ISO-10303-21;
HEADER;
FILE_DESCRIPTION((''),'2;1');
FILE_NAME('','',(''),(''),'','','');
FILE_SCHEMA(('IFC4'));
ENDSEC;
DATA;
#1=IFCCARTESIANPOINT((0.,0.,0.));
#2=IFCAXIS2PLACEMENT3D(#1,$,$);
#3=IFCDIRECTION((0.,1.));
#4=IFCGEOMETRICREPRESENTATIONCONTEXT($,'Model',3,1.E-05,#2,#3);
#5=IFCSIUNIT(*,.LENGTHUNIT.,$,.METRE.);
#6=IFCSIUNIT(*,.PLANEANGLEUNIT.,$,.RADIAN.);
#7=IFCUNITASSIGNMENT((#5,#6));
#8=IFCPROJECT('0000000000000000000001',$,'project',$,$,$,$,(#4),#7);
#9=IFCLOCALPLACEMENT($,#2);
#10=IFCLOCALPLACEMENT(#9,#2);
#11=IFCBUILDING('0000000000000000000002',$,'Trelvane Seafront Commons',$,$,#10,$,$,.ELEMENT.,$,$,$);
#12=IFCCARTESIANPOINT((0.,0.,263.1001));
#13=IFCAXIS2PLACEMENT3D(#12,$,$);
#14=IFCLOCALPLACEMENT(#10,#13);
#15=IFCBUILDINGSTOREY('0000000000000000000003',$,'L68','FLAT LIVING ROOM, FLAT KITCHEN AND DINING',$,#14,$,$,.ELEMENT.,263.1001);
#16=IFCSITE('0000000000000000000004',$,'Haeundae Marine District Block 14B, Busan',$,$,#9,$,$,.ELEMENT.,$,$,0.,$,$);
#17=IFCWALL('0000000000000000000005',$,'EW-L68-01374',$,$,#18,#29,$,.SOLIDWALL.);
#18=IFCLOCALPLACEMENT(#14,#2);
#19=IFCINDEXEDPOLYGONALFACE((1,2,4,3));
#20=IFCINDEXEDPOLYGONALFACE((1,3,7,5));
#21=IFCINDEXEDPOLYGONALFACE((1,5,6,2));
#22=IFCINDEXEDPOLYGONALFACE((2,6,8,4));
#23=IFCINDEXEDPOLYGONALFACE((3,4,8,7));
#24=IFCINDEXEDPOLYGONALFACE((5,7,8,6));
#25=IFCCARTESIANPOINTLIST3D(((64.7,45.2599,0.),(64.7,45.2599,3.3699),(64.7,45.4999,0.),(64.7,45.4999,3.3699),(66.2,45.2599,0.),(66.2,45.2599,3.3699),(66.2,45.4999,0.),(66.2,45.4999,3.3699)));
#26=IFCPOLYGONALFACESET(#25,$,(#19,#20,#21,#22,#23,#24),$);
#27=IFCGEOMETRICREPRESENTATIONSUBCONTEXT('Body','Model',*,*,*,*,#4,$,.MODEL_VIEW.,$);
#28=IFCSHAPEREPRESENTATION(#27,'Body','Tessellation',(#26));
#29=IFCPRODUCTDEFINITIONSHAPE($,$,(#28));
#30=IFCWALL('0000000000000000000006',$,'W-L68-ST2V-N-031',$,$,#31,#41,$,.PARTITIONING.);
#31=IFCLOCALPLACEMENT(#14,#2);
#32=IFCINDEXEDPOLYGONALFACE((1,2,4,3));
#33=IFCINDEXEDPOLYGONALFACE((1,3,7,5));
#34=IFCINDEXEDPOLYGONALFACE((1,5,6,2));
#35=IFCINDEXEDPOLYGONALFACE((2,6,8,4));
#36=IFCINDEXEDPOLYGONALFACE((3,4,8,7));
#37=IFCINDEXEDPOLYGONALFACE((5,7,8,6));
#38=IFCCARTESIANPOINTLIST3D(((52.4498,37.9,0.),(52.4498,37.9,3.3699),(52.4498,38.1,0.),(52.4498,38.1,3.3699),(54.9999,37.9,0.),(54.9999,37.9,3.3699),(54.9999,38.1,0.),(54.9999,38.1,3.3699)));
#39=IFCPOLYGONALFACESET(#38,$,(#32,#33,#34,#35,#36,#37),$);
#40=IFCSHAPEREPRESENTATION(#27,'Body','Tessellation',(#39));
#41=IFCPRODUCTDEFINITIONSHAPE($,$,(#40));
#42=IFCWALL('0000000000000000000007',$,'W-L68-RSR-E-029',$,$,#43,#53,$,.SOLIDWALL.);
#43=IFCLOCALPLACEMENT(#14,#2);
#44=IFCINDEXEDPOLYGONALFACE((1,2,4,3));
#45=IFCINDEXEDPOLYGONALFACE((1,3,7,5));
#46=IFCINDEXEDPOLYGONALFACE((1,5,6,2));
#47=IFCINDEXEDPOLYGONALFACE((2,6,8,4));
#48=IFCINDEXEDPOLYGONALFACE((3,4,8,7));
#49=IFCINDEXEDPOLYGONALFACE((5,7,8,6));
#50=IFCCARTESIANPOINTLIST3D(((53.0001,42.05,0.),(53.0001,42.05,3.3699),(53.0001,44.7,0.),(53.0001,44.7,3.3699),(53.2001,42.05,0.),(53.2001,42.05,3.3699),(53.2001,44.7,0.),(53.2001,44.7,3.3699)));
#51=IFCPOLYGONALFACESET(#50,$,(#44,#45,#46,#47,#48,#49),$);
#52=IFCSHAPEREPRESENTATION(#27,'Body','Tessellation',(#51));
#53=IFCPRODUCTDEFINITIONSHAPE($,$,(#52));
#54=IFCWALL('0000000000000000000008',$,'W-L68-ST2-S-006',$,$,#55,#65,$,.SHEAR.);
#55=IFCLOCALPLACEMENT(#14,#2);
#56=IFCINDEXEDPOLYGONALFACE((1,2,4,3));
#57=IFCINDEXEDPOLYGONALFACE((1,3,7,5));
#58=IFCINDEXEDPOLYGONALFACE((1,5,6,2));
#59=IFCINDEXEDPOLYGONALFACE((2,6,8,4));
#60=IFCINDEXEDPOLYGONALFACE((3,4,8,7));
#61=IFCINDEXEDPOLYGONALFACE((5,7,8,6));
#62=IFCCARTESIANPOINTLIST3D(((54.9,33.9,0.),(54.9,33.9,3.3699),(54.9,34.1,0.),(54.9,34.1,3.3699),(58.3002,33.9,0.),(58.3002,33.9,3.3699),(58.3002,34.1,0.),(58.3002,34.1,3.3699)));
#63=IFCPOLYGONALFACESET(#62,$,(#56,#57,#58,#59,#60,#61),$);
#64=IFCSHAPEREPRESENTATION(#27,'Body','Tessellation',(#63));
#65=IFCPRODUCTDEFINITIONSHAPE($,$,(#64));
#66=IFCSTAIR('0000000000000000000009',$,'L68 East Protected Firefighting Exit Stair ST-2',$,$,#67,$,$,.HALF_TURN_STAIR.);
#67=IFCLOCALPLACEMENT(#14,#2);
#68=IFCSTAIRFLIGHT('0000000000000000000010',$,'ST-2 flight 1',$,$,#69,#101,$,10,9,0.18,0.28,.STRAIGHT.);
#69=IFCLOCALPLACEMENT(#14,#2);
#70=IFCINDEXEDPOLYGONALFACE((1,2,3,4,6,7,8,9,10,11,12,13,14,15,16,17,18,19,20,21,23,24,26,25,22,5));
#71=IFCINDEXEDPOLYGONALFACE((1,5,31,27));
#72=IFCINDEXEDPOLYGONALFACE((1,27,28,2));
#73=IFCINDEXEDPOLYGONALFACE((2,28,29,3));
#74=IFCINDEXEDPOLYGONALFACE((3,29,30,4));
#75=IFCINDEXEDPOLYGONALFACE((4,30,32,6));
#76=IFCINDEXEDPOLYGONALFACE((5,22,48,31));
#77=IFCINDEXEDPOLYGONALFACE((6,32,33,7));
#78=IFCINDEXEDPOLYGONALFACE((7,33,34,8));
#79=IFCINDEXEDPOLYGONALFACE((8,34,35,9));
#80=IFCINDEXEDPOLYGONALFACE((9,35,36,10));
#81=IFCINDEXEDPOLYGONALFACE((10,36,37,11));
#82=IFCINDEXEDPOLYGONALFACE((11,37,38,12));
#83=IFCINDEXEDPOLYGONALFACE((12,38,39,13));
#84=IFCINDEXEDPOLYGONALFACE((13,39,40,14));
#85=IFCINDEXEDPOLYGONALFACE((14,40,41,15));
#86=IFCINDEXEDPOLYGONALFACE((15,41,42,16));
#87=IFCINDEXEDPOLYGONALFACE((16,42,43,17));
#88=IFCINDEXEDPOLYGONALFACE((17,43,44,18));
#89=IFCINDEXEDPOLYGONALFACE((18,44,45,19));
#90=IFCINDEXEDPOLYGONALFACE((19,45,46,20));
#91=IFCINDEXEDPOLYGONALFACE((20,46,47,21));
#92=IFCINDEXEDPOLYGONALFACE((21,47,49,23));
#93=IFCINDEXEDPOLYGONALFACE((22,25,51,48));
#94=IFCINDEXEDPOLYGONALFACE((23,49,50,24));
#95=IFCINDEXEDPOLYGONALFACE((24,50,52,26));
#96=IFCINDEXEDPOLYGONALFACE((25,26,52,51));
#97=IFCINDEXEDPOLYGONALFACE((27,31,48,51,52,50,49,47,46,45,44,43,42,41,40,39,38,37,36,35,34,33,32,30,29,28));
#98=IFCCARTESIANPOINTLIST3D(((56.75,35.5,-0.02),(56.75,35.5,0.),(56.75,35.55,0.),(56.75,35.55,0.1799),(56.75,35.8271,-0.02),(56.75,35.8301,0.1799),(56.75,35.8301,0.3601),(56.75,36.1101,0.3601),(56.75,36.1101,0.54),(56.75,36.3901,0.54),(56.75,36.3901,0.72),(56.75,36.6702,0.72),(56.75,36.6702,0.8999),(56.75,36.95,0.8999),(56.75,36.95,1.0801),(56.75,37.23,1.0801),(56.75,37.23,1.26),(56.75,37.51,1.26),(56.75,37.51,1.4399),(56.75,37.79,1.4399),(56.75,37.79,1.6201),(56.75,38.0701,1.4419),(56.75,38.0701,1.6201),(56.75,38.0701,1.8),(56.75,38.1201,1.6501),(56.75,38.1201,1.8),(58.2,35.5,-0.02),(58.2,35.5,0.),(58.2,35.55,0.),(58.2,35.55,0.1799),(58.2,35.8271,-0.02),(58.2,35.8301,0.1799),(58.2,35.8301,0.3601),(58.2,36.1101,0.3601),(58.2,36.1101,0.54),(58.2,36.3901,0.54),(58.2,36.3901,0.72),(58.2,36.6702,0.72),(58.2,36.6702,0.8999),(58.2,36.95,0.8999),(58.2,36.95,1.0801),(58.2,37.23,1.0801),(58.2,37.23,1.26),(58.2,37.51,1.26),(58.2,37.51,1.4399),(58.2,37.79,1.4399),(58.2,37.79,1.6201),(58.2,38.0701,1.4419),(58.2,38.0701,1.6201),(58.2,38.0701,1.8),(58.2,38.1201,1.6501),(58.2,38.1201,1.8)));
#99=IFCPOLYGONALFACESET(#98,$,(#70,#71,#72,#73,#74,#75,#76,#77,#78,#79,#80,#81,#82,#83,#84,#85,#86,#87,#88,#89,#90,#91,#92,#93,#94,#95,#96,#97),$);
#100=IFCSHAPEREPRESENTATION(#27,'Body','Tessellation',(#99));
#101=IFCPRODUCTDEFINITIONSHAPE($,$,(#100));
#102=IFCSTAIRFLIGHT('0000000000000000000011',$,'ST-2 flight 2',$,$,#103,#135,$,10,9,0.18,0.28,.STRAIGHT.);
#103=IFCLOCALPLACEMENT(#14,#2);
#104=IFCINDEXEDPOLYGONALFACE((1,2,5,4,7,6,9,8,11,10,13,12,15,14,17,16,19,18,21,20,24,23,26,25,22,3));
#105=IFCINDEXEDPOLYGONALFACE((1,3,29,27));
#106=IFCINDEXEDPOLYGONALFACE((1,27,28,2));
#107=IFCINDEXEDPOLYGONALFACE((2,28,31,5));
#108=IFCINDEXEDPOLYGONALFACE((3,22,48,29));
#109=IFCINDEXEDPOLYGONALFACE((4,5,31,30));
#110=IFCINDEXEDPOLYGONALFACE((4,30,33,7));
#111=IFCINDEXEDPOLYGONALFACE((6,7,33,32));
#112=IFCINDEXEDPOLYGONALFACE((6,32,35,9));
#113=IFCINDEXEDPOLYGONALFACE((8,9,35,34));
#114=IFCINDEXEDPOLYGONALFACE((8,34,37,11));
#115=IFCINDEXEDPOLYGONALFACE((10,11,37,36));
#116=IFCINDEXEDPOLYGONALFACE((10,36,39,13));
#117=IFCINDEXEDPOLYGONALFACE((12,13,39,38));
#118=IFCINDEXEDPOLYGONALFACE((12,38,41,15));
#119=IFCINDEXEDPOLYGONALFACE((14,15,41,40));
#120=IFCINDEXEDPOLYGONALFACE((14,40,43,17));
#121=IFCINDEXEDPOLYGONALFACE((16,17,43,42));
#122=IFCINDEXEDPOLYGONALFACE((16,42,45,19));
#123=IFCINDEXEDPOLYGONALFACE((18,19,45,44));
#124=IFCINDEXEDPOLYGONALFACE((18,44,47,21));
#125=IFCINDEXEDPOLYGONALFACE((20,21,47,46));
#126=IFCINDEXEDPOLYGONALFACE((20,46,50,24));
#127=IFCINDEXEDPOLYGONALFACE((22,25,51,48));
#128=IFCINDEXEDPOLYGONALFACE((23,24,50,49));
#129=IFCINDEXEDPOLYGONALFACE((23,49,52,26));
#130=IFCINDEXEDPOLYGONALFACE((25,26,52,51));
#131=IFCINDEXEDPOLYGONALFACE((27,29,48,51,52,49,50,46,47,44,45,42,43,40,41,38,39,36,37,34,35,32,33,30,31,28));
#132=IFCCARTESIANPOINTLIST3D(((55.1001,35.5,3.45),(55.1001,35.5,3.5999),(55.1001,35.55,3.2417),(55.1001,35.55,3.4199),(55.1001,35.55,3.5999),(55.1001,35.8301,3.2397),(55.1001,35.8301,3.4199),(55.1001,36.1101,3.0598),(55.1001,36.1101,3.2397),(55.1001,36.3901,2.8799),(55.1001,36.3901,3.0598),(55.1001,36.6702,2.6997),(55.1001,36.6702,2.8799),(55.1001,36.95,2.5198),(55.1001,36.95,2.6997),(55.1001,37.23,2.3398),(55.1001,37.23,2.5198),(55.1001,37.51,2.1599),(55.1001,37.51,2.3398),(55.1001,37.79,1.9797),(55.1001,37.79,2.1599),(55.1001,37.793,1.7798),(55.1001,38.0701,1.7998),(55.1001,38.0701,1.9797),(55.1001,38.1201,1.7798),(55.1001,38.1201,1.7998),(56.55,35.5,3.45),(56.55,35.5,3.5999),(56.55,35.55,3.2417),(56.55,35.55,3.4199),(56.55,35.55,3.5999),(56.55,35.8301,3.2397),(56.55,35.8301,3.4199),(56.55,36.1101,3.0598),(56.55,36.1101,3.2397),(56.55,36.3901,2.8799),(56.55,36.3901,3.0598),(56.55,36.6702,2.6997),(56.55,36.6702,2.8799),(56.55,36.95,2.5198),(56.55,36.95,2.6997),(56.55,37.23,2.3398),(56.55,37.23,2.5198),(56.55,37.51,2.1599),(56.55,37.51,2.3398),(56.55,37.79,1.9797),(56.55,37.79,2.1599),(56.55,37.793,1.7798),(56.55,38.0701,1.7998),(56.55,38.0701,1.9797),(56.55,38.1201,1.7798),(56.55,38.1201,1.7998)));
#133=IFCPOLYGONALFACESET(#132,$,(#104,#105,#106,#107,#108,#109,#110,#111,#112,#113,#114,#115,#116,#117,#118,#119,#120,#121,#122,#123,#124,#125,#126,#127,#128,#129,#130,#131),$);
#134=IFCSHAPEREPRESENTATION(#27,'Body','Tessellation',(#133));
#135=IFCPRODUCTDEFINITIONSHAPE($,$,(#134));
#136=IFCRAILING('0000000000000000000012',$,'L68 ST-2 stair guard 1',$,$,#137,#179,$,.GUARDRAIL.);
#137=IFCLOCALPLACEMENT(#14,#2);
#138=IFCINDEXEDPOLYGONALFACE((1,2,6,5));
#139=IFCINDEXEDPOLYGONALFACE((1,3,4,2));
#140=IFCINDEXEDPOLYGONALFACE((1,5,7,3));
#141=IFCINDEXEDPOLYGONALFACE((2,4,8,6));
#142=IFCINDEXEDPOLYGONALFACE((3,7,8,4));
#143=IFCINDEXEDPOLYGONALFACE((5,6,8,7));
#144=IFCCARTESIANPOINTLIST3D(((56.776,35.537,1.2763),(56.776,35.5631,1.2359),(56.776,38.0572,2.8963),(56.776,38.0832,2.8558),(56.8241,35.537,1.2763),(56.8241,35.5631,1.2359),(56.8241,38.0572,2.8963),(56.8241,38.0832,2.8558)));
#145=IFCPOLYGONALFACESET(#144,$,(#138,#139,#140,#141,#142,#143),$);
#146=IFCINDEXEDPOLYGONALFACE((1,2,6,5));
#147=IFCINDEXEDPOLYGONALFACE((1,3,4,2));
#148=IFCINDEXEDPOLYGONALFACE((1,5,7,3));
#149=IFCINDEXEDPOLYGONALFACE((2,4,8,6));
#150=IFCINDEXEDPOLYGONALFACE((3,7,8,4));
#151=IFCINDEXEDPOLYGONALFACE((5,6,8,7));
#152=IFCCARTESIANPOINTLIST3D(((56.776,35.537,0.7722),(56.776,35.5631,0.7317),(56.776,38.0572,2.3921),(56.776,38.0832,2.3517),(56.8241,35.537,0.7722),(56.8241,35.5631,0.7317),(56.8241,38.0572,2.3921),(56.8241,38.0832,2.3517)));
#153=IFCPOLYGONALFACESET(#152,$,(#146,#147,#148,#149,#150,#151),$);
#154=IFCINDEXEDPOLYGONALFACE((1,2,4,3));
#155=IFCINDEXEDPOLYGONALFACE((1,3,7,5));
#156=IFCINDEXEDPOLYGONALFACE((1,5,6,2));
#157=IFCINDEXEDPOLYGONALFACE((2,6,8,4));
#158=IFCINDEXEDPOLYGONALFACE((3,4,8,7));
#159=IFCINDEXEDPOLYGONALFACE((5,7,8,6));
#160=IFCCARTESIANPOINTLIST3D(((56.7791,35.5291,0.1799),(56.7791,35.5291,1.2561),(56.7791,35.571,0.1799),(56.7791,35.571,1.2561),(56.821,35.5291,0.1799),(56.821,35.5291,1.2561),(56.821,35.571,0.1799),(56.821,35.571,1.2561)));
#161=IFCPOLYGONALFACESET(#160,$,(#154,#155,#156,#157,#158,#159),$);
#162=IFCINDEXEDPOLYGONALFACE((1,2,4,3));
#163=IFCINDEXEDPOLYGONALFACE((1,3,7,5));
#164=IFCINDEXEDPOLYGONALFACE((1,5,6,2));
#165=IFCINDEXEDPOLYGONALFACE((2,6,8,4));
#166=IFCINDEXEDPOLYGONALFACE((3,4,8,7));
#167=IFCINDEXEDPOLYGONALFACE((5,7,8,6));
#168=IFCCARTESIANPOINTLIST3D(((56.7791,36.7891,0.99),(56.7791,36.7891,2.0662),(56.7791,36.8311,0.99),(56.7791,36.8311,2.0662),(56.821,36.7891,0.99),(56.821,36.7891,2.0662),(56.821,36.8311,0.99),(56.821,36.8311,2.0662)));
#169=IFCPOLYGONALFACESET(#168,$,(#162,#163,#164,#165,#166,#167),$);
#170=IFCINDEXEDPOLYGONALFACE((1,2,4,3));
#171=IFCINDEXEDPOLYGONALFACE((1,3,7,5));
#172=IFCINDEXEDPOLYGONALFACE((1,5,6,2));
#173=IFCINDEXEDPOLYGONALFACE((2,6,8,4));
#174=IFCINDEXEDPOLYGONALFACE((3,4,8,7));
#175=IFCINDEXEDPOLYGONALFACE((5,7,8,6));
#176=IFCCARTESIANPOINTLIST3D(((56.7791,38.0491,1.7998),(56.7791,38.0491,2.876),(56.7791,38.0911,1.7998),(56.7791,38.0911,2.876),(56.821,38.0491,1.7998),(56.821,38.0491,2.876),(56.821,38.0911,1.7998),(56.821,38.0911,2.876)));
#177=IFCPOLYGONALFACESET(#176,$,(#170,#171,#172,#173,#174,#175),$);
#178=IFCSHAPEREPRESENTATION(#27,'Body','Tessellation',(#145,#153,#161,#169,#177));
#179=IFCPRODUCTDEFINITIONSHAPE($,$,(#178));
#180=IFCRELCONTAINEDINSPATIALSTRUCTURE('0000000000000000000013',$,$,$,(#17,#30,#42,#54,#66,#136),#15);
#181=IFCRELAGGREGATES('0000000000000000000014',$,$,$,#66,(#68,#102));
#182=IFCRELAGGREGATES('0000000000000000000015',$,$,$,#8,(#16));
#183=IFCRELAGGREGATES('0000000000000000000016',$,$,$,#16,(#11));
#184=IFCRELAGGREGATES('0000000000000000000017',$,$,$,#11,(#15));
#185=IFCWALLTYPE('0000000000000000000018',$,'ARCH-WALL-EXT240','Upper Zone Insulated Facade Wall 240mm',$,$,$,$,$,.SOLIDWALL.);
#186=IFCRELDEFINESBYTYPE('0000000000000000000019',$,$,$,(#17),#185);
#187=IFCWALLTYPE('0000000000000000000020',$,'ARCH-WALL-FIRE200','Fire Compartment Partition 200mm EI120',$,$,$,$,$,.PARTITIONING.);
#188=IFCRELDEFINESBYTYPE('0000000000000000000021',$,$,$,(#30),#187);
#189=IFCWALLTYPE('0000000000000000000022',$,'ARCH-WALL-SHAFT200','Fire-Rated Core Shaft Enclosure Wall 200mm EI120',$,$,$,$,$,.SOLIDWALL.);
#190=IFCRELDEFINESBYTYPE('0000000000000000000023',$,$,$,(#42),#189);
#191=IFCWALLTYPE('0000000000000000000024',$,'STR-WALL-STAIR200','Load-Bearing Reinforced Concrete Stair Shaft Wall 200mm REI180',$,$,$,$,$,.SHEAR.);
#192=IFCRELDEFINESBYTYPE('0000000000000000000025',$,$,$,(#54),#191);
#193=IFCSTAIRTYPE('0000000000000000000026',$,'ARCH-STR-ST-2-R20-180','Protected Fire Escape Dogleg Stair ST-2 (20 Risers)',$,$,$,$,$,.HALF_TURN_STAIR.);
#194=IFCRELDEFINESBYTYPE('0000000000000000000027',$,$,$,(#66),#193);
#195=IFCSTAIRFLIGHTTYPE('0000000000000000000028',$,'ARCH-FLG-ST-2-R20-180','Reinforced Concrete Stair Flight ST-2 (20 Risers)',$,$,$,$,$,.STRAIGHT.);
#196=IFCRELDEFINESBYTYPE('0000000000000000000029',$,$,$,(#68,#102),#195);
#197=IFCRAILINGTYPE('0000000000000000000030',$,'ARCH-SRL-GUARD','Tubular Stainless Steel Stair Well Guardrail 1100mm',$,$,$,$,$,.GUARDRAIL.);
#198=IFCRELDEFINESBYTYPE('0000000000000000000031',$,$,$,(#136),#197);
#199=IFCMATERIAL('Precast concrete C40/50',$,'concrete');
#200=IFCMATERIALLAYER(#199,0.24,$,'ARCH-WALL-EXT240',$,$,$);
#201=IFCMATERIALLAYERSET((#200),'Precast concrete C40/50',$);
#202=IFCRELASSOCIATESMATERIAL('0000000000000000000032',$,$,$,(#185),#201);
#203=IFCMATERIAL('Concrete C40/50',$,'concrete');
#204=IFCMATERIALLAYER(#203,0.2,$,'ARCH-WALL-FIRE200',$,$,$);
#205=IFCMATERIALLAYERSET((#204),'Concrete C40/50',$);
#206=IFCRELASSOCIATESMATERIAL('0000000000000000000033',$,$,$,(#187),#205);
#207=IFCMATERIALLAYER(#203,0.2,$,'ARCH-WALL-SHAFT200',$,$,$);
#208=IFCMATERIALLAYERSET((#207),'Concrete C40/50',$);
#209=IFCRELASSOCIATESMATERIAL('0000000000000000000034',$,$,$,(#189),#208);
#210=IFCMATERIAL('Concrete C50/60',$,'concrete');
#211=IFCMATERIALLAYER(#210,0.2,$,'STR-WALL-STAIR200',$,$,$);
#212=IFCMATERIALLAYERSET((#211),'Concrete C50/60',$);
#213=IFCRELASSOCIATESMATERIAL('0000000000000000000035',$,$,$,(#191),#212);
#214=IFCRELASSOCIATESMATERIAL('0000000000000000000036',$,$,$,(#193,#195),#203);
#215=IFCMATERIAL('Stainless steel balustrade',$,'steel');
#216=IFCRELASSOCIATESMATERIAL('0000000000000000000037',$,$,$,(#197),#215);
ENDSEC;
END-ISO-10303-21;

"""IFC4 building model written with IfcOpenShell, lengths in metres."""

from ifc_helpers import new_model, si_unit, direction, frame, frame_2d, origin, origin_2d, place, context, subcontext, project, spatial, polyline, rectangle, outline, extrude, source, transform, mapped, material, layer, layer_set, type_object, element, aggregate, save


model = new_model("IFC4")

# Units and contexts
model_context = context("Model", 3, precision=1e-05, world=origin(), true_north=direction((0.0, 1.0)))
body_context = subcontext(model_context, "Body", "Model", "MODEL_VIEW")
ifc_project = project(units=[si_unit("LENGTHUNIT", "METRE"), si_unit("PLANEANGLEUNIT", "RADIAN")], contexts=[model_context])

# Site, building, storey
site_placement = place(None, origin())
site = spatial("IfcSite", under=ifc_project, at=site_placement, Name="Haeundae Marine District Block 14B, Busan", CompositionType="ELEMENT", RefElevation=0.0)
building_placement = place(site_placement, origin())
building = spatial("IfcBuilding", under=site, at=building_placement, Name="Trelvane Seafront Commons", CompositionType="ELEMENT")
storey_placement = place(building_placement, frame((0.0, 0.0, 263.1001)))
storey = spatial("IfcBuildingStorey", under=building, at=storey_placement, Name="L68", Description="FLAT LIVING ROOM, FLAT KITCHEN AND DINING", CompositionType="ELEMENT", Elevation=263.1001)

# Shared definitions
ifc_material_1 = material(Name="Concrete C50/60", Category="concrete")

# Walls
ifc_material_2 = material(Name="Precast concrete C40/50", Category="concrete")
ifc_layer_1 = layer(ifc_material_2, 0.24, Name="ARCH-WALL-EXT240")
ifc_layer_set_1 = layer_set([ifc_layer_1], Name="Precast concrete C40/50")
wall_type_1 = type_object("IfcWallType", Name="ARCH-WALL-EXT240", Description="Upper Zone Insulated Facade Wall 240mm", PredefinedType="SOLIDWALL", material=ifc_layer_set_1)
wall_1_placement = place(storey_placement, frame((64.7, 45.3799, 0.0), z_axis=(0.0, 0.0, 1.0), x_axis=(1.0, 0.0, 0.0)))
element("IfcWall", 1, at=wall_1_placement, inside=storey, type_object=wall_type_1, Name="EW-L68-01374", PredefinedType="SOLIDWALL", context=body_context, shape_type="SweptSolid", body=[
    extrude(rectangle(XDim=1.5, YDim=0.24, at=frame_2d((0.75, 0.0))), origin(), (0.0, 0.0, 1.0), 3.3699),
])
ifc_material_3 = material(Name="Concrete C40/50", Category="concrete")
ifc_layer_2 = layer(ifc_material_3, 0.2, Name="ARCH-WALL-FIRE200")
ifc_layer_set_2 = layer_set([ifc_layer_2], Name="Concrete C40/50")
wall_type_2 = type_object("IfcWallType", Name="ARCH-WALL-FIRE200", Description="Fire Compartment Partition 200mm EI120", PredefinedType="PARTITIONING", material=ifc_layer_set_2)
wall_2_placement = place(storey_placement, frame((52.45, 38.0, 0.0), z_axis=(0.0, 0.0, 1.0), x_axis=(1.0, 0.0, 0.0)))
element("IfcWall", 2, at=wall_2_placement, inside=storey, type_object=wall_type_2, Name="W-L68-ST2V-N-031", PredefinedType="PARTITIONING", context=body_context, shape_type="SweptSolid", body=[
    extrude(rectangle(XDim=2.55, YDim=0.2, at=frame_2d((1.2749, 0.0))), origin(), (0.0, 0.0, 1.0), 3.3699),
])

# Walls
ifc_layer_3 = layer(ifc_material_3, 0.2, Name="ARCH-WALL-SHAFT200")
ifc_layer_set_3 = layer_set([ifc_layer_3], Name="Concrete C40/50")
wall_type_3 = type_object("IfcWallType", Name="ARCH-WALL-SHAFT200", Description="Fire-Rated Core Shaft Enclosure Wall 200mm EI120", PredefinedType="SOLIDWALL", material=ifc_layer_set_3)
wall_3_placement = place(storey_placement, frame((53.1001, 42.05, 0.0), z_axis=(0.0, 0.0, 1.0), x_axis=(0.0, 1.0, 0.0)))
element("IfcWall", 3, at=wall_3_placement, inside=storey, type_object=wall_type_3, Name="W-L68-RSR-E-029", PredefinedType="SOLIDWALL", context=body_context, shape_type="SweptSolid", body=[
    extrude(rectangle(XDim=2.6499, YDim=0.2, at=frame_2d((1.325, 0.0))), origin(), (0.0, 0.0, 1.0), 3.3699),
])
ifc_layer_4 = layer(ifc_material_1, 0.2, Name="STR-WALL-STAIR200")
ifc_layer_set_4 = layer_set([ifc_layer_4], Name="Concrete C50/60")
wall_type_4 = type_object("IfcWallType", Name="STR-WALL-STAIR200", Description="Load-Bearing Reinforced Concrete Stair Shaft Wall 200mm REI180", PredefinedType="SHEAR", material=ifc_layer_set_4)
wall_4_placement = place(storey_placement, frame((54.8999, 34.0, 0.0), z_axis=(0.0, 0.0, 1.0), x_axis=(1.0, 0.0, 0.0)))
element("IfcWall", 4, at=wall_4_placement, inside=storey, type_object=wall_type_4, Name="W-L68-ST2-S-006", PredefinedType="SHEAR", context=body_context, shape_type="SweptSolid", body=[
    extrude(rectangle(XDim=3.4001, YDim=0.2, at=frame_2d((1.7002, 0.0))), origin(), (0.0, 0.0, 1.0), 3.3699),
])

# Stair, stair flights
stair_type = type_object("IfcStairType", Name="ARCH-STR-ST-2-R20-180", Description="Protected Fire Escape Dogleg Stair ST-2 (20 Risers)", PredefinedType="HALF_TURN_STAIR", material=ifc_material_3)
stair_placement = place(storey_placement, origin())
stair = element("IfcStair", 5, at=stair_placement, inside=storey, type_object=stair_type, Name="L68 East Protected Firefighting Exit Stair ST-2", PredefinedType="HALF_TURN_STAIR")
stair_flight_type = type_object("IfcStairFlightType", Name="ARCH-FLG-ST-2-R20-180", Description="Reinforced Concrete Stair Flight ST-2 (20 Risers)", PredefinedType="STRAIGHT", material=ifc_material_3)
shared_shape_1 = source(origin(), body_context, "Body", "SweptSolid", [
    extrude(outline(polyline([(-0.05, -0.02), (-0.05, 0.0), (0.0, 0.0), (0.0, 0.1799), (0.28, 0.1799), (0.28, 0.3601), (0.5601, 0.3601), (0.5601, 0.54), (0.8401, 0.54), (0.8401, 0.72), (1.1201, 0.72), (1.1201, 0.8999), (1.3999, 0.8999), (1.3999, 1.0801), (1.6799, 1.0801), (1.6799, 1.26), (1.96, 1.26), (1.96, 1.4399), (2.24, 1.4399), (2.24, 1.6201), (2.52, 1.6201), (2.52, 1.8), (2.5701, 1.8), (2.5701, 1.6501), (2.52, 1.4419), (0.2771, -0.02), (-0.05, -0.02)])), frame((0.0, 0.7251, 0.0), z_axis=(0.0, -1.0, 0.0), x_axis=(1.0, 0.0, 0.0)), (0.0, 0.0, 1.0), 1.45),
])
stair_flight_1_placement = place(storey_placement, frame((57.4751, 35.55, 0.0), z_axis=(0.0, 0.0, 1.0), x_axis=(0.0, 1.0, 0.0)))
stair_flight_1 = element("IfcStairFlight", 6, at=stair_flight_1_placement, type_object=stair_flight_type, Name="ST-2 flight 1", NumberOfRisers=10, NumberOfTreads=9, PredefinedType="STRAIGHT", RiserHeight=0.18, TreadLength=0.28, context=body_context, shape_type="MappedRepresentation", body=[
    mapped(shared_shape_1, transform((0.0, 0.0, 0.0), x_axis=(1.0, 0.0, 0.0), y_axis=(0.0, 1.0, 0.0), z_axis=(0.0, 0.0, 1.0), scale=1.0)),
])
stair_flight_2_placement = place(storey_placement, frame((55.825, 38.0701, 1.7998), z_axis=(0.0, 0.0, 1.0), x_axis=(0.0, -1.0, 0.0)))
stair_flight_2 = element("IfcStairFlight", 7, at=stair_flight_2_placement, type_object=stair_flight_type, Name="ST-2 flight 2", NumberOfRisers=10, NumberOfTreads=9, PredefinedType="STRAIGHT", RiserHeight=0.18, TreadLength=0.28, context=body_context, shape_type="MappedRepresentation", body=[
    mapped(shared_shape_1, transform((0.0, 0.0, 0.0), x_axis=(1.0, 0.0, 0.0), y_axis=(0.0, 1.0, 0.0), z_axis=(0.0, 0.0, 1.0), scale=1.0)),
])
aggregate(stair, [stair_flight_1, stair_flight_2])

# Railing
ifc_material_4 = material(Name="Stainless steel balustrade", Category="steel")
railing_type_1 = type_object("IfcRailingType", Name="ARCH-SRL-GUARD", Description="Tubular Stainless Steel Stair Well Guardrail 1100mm", PredefinedType="GUARDRAIL", material=ifc_material_4)
railing_1_placement = place(storey_placement, frame((56.8, 35.55, 0.1799)))
element("IfcRailing", 8, at=railing_1_placement, inside=storey, type_object=railing_type_1, Name="L68 ST-2 stair guard 1", PredefinedType="GUARDRAIL", context=body_context, shape_type="SweptSolid", body=[
    extrude(rectangle(XDim=0.0481, YDim=0.0481, at=origin_2d()), frame((0.0, 0.0, 1.0762), z_axis=(0.0, 0.8412, 0.540725), x_axis=(-1.0, 0.0, 0.0)), (0.0, 0.0, 1.0), 2.9958),
    extrude(rectangle(XDim=0.0481, YDim=0.0481, at=origin_2d()), frame((0.0, 0.0, 0.572), z_axis=(0.0, 0.8412, 0.540725), x_axis=(-1.0, 0.0, 0.0)), (0.0, 0.0, 1.0), 2.9958),
    extrude(rectangle(XDim=0.042, YDim=0.042, at=origin_2d()), origin(), (0.0, 0.0, 1.0), 1.0762),
    extrude(rectangle(XDim=0.042, YDim=0.042, at=origin_2d()), frame((0.0, 1.26, 0.8101)), (0.0, 0.0, 1.0), 1.0762),
    extrude(rectangle(XDim=0.042, YDim=0.042, at=origin_2d()), frame((0.0, 2.52, 1.6199)), (0.0, 0.0, 1.0), 1.0762),
])

save(model, "model.ifc")
